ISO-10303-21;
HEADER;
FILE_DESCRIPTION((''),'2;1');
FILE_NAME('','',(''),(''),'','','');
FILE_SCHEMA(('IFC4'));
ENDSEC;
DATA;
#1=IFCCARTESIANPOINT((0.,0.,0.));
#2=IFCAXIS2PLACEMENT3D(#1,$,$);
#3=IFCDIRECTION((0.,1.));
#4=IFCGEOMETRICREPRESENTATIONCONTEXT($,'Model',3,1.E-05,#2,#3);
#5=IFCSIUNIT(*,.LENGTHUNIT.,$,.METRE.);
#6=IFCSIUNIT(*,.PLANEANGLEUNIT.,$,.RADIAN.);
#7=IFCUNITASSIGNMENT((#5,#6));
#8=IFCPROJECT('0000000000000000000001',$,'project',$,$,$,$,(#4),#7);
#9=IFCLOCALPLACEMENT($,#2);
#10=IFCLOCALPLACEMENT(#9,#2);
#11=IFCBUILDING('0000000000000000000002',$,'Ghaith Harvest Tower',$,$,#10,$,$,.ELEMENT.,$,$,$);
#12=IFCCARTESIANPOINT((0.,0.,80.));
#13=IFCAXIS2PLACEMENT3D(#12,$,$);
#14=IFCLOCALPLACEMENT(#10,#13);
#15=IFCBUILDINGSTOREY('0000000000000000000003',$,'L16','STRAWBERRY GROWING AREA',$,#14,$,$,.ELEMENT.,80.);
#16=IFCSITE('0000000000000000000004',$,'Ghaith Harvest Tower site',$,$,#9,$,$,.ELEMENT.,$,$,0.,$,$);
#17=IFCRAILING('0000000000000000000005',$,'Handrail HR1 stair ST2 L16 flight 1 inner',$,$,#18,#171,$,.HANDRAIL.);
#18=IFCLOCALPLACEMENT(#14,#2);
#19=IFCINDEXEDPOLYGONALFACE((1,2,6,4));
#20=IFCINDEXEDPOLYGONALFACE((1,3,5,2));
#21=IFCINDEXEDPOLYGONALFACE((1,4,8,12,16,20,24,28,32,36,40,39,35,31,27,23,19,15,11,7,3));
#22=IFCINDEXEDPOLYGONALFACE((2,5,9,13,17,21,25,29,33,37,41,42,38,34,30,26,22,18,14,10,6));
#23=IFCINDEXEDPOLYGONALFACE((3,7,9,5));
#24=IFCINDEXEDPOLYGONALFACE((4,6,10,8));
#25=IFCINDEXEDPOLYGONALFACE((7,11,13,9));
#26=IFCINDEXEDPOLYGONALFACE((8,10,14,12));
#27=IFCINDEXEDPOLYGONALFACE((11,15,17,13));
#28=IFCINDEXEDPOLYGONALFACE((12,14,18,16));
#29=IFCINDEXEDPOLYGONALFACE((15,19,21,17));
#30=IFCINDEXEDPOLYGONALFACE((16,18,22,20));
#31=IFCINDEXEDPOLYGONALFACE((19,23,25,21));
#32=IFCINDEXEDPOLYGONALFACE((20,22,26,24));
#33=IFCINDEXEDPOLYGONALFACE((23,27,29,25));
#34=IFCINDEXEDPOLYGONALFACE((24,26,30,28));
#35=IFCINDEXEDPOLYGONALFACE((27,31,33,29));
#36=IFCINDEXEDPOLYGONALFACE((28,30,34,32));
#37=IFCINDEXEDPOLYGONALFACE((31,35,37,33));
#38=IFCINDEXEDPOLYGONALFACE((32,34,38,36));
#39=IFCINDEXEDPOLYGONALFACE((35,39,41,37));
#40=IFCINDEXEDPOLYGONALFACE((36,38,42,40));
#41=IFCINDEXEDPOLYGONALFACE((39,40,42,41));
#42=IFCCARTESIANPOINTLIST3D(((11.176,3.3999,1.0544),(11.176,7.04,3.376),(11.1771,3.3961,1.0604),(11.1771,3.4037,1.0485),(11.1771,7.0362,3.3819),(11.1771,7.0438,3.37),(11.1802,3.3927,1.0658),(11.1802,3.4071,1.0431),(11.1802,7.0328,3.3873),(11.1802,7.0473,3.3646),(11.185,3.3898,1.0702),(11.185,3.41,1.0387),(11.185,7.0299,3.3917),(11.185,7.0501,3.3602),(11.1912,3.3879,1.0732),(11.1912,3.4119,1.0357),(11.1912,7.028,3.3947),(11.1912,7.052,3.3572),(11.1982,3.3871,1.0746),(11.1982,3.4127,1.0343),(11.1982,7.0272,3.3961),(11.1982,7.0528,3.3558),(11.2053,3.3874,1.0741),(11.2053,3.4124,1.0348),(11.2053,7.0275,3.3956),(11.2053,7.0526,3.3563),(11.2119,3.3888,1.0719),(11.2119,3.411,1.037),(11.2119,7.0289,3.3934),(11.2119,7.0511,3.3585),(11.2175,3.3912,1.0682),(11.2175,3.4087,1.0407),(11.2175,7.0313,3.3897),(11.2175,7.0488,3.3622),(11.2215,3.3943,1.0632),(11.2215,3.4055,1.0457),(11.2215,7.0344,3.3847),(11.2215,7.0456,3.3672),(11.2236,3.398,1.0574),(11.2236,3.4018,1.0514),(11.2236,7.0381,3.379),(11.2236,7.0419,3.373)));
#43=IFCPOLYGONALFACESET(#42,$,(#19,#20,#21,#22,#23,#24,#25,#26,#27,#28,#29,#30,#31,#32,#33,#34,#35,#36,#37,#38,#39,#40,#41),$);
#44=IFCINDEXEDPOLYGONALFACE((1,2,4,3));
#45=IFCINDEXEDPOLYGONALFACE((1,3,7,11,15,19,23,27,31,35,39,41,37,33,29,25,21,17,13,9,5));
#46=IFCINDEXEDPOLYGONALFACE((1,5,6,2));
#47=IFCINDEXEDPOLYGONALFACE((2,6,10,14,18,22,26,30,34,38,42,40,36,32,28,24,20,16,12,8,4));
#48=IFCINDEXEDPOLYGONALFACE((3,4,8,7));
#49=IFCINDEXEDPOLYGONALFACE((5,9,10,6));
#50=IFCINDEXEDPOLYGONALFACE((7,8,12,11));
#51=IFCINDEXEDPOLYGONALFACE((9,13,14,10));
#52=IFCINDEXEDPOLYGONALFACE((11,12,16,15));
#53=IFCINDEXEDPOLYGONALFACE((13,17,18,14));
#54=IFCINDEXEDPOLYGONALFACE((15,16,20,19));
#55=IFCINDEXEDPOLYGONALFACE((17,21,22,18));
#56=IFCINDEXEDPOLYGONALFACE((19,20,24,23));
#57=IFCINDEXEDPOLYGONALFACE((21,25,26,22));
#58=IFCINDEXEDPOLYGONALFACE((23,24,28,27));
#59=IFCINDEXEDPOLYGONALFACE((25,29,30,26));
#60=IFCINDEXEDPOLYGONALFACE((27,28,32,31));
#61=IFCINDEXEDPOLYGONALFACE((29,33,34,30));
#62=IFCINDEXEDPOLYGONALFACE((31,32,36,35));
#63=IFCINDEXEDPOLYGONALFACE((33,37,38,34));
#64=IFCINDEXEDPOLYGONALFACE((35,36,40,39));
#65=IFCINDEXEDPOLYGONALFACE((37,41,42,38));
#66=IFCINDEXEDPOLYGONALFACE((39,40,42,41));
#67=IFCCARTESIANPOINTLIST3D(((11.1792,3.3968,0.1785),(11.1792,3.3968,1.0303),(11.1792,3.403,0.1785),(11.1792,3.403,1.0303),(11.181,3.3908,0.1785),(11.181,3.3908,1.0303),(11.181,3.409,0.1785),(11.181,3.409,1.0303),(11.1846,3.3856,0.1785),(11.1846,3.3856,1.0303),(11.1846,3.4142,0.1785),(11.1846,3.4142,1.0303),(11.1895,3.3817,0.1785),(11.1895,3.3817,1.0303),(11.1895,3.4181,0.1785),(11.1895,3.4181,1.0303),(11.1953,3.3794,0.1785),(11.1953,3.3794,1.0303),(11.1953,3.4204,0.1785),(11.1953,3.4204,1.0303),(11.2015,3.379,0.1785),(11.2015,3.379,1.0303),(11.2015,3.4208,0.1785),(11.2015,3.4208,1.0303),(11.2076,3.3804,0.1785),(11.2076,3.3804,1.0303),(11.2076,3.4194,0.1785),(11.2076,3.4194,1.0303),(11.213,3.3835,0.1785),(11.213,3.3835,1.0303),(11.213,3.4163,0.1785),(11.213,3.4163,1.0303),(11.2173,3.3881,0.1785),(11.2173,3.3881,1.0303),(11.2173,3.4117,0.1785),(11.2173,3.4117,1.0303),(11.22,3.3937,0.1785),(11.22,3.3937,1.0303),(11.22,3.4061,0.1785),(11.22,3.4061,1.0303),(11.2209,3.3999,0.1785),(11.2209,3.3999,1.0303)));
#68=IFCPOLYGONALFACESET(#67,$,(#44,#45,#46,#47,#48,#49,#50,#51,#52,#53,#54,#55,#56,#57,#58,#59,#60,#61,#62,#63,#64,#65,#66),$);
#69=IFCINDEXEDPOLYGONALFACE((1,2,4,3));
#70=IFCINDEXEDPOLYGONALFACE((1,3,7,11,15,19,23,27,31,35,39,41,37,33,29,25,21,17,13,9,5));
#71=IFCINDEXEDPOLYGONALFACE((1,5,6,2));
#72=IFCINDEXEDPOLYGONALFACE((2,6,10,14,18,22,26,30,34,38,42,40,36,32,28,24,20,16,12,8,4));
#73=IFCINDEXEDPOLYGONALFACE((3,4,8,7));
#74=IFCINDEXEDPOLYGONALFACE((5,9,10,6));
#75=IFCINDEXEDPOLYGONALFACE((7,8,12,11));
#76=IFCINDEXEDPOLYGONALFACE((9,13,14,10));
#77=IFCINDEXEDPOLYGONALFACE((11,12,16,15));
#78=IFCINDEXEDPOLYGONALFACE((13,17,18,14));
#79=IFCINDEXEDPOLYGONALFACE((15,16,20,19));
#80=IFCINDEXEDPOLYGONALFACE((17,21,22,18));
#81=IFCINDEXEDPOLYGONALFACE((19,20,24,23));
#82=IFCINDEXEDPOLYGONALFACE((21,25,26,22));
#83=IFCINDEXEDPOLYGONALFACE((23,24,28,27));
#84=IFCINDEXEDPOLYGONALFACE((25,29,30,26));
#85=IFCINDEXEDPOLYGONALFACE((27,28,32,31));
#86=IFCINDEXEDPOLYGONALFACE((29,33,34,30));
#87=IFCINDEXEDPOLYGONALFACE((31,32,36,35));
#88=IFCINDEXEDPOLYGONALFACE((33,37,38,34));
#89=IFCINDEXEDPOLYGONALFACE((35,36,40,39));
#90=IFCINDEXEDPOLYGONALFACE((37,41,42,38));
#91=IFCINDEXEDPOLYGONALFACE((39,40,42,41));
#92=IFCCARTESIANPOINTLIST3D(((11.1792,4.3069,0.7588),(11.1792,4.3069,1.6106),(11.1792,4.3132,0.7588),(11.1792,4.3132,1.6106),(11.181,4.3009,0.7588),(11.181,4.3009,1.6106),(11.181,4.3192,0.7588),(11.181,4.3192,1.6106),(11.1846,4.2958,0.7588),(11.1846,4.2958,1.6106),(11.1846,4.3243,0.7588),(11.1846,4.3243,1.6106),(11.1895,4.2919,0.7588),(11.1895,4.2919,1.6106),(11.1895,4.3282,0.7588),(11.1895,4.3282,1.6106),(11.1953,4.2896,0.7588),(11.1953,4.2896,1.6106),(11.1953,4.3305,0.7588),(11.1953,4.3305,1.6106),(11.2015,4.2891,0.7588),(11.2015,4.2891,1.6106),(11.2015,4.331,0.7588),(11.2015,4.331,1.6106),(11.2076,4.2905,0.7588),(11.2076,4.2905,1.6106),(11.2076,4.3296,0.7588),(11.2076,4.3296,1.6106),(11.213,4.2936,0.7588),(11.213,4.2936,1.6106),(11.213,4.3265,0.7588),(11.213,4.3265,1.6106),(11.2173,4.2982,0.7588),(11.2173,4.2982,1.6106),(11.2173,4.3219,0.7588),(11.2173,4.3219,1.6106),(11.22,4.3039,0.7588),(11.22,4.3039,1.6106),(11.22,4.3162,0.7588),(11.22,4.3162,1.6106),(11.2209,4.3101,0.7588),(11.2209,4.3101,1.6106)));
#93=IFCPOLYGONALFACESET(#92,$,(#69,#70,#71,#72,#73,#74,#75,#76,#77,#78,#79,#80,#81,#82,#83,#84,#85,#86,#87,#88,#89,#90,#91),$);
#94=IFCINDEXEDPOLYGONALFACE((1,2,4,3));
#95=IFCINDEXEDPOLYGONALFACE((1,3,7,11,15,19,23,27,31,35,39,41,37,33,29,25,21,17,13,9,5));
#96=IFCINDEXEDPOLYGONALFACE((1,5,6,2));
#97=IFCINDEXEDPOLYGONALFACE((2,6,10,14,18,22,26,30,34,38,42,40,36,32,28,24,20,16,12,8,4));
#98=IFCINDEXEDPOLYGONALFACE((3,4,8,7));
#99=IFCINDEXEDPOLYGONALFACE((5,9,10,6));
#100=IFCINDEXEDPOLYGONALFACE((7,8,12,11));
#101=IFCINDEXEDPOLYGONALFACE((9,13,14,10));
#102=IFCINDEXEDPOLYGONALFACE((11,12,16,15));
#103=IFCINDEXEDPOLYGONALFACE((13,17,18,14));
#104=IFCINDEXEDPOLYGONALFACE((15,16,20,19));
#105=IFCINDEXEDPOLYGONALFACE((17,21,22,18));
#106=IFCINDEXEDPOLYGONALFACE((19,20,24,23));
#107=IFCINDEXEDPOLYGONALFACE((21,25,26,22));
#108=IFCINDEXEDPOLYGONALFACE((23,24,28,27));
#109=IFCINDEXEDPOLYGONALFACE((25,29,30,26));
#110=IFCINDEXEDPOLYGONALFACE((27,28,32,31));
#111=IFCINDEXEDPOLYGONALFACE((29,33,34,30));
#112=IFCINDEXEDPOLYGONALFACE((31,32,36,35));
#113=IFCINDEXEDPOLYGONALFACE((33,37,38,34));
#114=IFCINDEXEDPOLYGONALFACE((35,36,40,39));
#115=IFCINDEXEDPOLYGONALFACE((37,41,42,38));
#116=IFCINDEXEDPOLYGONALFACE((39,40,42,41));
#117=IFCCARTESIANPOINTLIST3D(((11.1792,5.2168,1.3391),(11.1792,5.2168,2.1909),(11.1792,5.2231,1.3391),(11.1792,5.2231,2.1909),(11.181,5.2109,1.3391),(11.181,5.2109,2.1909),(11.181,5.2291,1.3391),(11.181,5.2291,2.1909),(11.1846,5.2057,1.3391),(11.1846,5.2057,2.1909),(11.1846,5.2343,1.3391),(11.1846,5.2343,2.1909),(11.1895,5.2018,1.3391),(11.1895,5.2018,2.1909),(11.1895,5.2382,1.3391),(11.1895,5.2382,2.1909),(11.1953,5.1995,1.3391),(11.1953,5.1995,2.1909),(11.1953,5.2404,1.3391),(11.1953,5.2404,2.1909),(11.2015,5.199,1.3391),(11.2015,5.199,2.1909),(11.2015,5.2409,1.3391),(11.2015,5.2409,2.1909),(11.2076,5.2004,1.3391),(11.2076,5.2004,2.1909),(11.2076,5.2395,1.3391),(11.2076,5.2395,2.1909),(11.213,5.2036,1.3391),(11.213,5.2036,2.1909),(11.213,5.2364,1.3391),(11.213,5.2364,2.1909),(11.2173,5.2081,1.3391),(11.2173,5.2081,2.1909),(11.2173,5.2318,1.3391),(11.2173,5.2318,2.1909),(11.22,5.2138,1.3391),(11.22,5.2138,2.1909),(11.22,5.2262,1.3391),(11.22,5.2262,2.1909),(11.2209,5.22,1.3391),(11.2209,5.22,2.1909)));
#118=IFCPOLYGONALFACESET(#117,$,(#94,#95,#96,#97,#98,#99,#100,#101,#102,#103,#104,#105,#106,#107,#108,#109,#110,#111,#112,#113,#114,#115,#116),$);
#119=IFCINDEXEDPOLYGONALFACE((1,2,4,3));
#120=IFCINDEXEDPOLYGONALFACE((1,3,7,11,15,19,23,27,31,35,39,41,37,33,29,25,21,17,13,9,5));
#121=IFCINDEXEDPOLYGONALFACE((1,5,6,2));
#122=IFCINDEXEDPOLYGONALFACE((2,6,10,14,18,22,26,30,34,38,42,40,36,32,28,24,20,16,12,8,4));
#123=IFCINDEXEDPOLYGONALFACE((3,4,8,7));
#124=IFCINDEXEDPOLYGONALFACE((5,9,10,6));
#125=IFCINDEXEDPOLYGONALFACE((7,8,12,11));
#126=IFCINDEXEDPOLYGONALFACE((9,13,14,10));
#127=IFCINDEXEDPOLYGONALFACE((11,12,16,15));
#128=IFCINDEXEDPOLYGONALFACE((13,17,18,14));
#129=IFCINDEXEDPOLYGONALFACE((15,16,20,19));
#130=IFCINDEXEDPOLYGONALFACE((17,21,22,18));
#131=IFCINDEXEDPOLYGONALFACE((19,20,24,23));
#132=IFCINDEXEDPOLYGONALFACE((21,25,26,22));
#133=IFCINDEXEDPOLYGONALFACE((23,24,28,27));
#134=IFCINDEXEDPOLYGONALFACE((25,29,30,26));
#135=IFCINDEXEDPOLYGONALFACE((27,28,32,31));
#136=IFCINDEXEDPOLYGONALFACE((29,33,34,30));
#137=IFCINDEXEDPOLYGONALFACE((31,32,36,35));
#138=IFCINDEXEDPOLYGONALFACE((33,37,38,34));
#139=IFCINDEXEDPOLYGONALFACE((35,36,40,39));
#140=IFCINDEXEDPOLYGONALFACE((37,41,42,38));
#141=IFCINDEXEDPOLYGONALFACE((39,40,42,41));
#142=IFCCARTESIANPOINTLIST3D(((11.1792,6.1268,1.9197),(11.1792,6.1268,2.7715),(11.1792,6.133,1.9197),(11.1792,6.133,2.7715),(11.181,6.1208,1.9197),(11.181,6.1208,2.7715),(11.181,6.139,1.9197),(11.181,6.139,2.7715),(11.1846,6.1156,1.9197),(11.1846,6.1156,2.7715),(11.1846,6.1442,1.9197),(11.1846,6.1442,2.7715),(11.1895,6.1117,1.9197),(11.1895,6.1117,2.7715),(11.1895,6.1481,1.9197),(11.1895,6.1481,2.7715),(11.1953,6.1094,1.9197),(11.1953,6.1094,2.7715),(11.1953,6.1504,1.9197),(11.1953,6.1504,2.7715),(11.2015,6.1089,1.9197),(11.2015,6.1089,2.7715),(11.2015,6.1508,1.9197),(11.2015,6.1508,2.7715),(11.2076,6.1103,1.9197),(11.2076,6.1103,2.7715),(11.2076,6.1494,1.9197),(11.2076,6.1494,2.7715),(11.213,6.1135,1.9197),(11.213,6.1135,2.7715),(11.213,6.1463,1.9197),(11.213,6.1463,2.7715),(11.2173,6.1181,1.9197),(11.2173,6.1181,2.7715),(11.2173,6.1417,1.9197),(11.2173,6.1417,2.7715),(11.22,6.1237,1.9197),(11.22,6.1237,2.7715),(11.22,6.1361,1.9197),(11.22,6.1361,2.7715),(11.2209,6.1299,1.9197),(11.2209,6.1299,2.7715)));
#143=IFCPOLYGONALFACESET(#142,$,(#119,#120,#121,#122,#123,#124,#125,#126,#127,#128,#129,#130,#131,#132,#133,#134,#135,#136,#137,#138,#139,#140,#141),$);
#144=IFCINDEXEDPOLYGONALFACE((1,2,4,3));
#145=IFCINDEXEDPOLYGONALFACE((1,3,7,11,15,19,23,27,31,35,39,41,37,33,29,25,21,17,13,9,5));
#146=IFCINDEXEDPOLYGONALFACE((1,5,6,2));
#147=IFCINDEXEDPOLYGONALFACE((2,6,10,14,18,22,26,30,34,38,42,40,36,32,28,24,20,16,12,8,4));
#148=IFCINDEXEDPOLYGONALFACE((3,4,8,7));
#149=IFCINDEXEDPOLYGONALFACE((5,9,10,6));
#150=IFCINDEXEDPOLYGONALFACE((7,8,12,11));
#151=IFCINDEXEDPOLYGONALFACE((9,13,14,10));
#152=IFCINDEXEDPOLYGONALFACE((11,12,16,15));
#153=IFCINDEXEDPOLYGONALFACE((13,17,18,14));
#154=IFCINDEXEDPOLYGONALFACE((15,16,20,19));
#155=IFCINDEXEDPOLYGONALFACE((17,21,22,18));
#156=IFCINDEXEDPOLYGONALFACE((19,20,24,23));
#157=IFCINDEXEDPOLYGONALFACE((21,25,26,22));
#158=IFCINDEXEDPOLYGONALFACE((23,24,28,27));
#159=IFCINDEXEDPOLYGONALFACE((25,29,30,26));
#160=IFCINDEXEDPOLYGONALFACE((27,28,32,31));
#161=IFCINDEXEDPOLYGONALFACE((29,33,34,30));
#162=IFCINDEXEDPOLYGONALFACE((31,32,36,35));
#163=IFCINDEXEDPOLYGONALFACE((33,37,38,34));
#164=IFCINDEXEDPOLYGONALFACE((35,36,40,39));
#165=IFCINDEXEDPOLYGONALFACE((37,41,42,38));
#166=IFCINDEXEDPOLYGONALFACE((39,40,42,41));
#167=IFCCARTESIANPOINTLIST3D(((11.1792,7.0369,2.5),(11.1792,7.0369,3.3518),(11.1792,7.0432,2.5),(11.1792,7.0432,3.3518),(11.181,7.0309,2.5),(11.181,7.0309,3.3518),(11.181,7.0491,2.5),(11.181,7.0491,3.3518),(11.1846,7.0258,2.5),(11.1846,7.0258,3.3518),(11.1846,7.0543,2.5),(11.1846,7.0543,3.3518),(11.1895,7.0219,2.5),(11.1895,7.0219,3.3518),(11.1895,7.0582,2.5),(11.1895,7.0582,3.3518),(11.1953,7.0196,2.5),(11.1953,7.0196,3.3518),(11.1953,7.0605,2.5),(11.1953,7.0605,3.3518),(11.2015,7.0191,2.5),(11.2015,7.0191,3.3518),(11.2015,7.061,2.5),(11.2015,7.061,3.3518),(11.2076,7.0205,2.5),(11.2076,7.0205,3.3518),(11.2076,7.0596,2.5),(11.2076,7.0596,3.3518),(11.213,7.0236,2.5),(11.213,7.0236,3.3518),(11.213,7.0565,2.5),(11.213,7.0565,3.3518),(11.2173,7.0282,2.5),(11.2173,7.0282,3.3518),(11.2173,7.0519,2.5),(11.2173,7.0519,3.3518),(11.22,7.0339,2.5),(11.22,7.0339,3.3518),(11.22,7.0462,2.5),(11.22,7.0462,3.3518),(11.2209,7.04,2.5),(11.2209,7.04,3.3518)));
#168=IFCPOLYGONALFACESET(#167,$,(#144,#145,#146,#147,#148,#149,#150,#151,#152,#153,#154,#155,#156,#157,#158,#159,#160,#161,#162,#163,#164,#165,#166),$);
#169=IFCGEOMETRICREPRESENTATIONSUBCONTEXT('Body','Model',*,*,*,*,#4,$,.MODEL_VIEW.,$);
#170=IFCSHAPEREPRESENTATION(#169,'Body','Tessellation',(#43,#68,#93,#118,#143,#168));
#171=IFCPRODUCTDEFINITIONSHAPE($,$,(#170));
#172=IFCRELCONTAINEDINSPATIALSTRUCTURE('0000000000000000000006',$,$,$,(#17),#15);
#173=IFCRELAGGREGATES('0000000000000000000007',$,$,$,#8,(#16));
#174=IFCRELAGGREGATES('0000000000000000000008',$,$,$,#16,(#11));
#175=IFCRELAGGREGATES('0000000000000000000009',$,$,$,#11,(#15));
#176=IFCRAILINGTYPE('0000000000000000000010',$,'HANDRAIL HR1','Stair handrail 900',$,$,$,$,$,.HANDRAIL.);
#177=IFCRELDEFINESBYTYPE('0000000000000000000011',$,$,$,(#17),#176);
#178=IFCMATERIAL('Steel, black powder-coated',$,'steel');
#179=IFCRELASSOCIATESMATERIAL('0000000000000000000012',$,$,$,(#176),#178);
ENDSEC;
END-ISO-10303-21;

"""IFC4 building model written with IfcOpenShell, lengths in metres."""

from ifc_helpers import new_model, si_unit, direction, frame, origin, origin_2d, place, context, subcontext, project, spatial, circle, extrude, material, type_object, element, save


model = new_model("IFC4")

# Units and contexts
model_context = context("Model", 3, precision=1e-05, world=origin(), true_north=direction((0.0, 1.0)))
body_context = subcontext(model_context, "Body", "Model", "MODEL_VIEW")
ifc_project = project(units=[si_unit("LENGTHUNIT", "METRE"), si_unit("PLANEANGLEUNIT", "RADIAN")], contexts=[model_context])

# Site, building, storey
site_placement = place(None, origin())
site = spatial("IfcSite", under=ifc_project, at=site_placement, Name="Ghaith Harvest Tower site", CompositionType="ELEMENT", RefElevation=0.0)
building_placement = place(site_placement, origin())
building = spatial("IfcBuilding", under=site, at=building_placement, Name="Ghaith Harvest Tower", CompositionType="ELEMENT")
storey_placement = place(building_placement, frame((0.0, 0.0, 80.0)))
storey = spatial("IfcBuildingStorey", under=building, at=storey_placement, Name="L16", Description="STRAWBERRY GROWING AREA", CompositionType="ELEMENT", Elevation=80.0)

# Railing
ifc_material_1 = material(Name="Steel, black powder-coated", Category="steel")
railing_type = type_object("IfcRailingType", Name="HANDRAIL HR1", Description="Stair handrail 900", PredefinedType="HANDRAIL", material=ifc_material_1)
railing_1_placement = place(storey_placement, frame((11.2, 3.3999, 0.1785)))
element("IfcRailing", 1, at=railing_1_placement, inside=storey, type_object=railing_type, Name="Handrail HR1 stair ST2 L16 flight 1 inner", PredefinedType="HANDRAIL", context=body_context, shape_type="SweptSolid", body=[
    extrude(circle(Radius=0.0239, at=origin_2d()), frame((0.0, 0.0, 0.876), z_axis=(0.0, 0.843128, 0.537713), x_axis=(-1.0, 0.0, 0.0)), (0.0, 0.0, 1.0), 4.3174),
    extrude(circle(Radius=0.021, at=origin_2d()), origin(), (0.0, 0.0, 1.0), 0.8518),
    extrude(circle(Radius=0.021, at=origin_2d()), frame((0.0, 0.9102, 0.5803)), (0.0, 0.0, 1.0), 0.8518),
    extrude(circle(Radius=0.021, at=origin_2d()), frame((0.0, 1.8201, 1.1606)), (0.0, 0.0, 1.0), 0.8518),
    extrude(circle(Radius=0.021, at=origin_2d()), frame((0.0, 2.73, 1.7412)), (0.0, 0.0, 1.0), 0.8518),
    extrude(circle(Radius=0.021, at=origin_2d()), frame((0.0, 3.6401, 2.3215)), (0.0, 0.0, 1.0), 0.8518),
])

save(model, "model.ifc")
